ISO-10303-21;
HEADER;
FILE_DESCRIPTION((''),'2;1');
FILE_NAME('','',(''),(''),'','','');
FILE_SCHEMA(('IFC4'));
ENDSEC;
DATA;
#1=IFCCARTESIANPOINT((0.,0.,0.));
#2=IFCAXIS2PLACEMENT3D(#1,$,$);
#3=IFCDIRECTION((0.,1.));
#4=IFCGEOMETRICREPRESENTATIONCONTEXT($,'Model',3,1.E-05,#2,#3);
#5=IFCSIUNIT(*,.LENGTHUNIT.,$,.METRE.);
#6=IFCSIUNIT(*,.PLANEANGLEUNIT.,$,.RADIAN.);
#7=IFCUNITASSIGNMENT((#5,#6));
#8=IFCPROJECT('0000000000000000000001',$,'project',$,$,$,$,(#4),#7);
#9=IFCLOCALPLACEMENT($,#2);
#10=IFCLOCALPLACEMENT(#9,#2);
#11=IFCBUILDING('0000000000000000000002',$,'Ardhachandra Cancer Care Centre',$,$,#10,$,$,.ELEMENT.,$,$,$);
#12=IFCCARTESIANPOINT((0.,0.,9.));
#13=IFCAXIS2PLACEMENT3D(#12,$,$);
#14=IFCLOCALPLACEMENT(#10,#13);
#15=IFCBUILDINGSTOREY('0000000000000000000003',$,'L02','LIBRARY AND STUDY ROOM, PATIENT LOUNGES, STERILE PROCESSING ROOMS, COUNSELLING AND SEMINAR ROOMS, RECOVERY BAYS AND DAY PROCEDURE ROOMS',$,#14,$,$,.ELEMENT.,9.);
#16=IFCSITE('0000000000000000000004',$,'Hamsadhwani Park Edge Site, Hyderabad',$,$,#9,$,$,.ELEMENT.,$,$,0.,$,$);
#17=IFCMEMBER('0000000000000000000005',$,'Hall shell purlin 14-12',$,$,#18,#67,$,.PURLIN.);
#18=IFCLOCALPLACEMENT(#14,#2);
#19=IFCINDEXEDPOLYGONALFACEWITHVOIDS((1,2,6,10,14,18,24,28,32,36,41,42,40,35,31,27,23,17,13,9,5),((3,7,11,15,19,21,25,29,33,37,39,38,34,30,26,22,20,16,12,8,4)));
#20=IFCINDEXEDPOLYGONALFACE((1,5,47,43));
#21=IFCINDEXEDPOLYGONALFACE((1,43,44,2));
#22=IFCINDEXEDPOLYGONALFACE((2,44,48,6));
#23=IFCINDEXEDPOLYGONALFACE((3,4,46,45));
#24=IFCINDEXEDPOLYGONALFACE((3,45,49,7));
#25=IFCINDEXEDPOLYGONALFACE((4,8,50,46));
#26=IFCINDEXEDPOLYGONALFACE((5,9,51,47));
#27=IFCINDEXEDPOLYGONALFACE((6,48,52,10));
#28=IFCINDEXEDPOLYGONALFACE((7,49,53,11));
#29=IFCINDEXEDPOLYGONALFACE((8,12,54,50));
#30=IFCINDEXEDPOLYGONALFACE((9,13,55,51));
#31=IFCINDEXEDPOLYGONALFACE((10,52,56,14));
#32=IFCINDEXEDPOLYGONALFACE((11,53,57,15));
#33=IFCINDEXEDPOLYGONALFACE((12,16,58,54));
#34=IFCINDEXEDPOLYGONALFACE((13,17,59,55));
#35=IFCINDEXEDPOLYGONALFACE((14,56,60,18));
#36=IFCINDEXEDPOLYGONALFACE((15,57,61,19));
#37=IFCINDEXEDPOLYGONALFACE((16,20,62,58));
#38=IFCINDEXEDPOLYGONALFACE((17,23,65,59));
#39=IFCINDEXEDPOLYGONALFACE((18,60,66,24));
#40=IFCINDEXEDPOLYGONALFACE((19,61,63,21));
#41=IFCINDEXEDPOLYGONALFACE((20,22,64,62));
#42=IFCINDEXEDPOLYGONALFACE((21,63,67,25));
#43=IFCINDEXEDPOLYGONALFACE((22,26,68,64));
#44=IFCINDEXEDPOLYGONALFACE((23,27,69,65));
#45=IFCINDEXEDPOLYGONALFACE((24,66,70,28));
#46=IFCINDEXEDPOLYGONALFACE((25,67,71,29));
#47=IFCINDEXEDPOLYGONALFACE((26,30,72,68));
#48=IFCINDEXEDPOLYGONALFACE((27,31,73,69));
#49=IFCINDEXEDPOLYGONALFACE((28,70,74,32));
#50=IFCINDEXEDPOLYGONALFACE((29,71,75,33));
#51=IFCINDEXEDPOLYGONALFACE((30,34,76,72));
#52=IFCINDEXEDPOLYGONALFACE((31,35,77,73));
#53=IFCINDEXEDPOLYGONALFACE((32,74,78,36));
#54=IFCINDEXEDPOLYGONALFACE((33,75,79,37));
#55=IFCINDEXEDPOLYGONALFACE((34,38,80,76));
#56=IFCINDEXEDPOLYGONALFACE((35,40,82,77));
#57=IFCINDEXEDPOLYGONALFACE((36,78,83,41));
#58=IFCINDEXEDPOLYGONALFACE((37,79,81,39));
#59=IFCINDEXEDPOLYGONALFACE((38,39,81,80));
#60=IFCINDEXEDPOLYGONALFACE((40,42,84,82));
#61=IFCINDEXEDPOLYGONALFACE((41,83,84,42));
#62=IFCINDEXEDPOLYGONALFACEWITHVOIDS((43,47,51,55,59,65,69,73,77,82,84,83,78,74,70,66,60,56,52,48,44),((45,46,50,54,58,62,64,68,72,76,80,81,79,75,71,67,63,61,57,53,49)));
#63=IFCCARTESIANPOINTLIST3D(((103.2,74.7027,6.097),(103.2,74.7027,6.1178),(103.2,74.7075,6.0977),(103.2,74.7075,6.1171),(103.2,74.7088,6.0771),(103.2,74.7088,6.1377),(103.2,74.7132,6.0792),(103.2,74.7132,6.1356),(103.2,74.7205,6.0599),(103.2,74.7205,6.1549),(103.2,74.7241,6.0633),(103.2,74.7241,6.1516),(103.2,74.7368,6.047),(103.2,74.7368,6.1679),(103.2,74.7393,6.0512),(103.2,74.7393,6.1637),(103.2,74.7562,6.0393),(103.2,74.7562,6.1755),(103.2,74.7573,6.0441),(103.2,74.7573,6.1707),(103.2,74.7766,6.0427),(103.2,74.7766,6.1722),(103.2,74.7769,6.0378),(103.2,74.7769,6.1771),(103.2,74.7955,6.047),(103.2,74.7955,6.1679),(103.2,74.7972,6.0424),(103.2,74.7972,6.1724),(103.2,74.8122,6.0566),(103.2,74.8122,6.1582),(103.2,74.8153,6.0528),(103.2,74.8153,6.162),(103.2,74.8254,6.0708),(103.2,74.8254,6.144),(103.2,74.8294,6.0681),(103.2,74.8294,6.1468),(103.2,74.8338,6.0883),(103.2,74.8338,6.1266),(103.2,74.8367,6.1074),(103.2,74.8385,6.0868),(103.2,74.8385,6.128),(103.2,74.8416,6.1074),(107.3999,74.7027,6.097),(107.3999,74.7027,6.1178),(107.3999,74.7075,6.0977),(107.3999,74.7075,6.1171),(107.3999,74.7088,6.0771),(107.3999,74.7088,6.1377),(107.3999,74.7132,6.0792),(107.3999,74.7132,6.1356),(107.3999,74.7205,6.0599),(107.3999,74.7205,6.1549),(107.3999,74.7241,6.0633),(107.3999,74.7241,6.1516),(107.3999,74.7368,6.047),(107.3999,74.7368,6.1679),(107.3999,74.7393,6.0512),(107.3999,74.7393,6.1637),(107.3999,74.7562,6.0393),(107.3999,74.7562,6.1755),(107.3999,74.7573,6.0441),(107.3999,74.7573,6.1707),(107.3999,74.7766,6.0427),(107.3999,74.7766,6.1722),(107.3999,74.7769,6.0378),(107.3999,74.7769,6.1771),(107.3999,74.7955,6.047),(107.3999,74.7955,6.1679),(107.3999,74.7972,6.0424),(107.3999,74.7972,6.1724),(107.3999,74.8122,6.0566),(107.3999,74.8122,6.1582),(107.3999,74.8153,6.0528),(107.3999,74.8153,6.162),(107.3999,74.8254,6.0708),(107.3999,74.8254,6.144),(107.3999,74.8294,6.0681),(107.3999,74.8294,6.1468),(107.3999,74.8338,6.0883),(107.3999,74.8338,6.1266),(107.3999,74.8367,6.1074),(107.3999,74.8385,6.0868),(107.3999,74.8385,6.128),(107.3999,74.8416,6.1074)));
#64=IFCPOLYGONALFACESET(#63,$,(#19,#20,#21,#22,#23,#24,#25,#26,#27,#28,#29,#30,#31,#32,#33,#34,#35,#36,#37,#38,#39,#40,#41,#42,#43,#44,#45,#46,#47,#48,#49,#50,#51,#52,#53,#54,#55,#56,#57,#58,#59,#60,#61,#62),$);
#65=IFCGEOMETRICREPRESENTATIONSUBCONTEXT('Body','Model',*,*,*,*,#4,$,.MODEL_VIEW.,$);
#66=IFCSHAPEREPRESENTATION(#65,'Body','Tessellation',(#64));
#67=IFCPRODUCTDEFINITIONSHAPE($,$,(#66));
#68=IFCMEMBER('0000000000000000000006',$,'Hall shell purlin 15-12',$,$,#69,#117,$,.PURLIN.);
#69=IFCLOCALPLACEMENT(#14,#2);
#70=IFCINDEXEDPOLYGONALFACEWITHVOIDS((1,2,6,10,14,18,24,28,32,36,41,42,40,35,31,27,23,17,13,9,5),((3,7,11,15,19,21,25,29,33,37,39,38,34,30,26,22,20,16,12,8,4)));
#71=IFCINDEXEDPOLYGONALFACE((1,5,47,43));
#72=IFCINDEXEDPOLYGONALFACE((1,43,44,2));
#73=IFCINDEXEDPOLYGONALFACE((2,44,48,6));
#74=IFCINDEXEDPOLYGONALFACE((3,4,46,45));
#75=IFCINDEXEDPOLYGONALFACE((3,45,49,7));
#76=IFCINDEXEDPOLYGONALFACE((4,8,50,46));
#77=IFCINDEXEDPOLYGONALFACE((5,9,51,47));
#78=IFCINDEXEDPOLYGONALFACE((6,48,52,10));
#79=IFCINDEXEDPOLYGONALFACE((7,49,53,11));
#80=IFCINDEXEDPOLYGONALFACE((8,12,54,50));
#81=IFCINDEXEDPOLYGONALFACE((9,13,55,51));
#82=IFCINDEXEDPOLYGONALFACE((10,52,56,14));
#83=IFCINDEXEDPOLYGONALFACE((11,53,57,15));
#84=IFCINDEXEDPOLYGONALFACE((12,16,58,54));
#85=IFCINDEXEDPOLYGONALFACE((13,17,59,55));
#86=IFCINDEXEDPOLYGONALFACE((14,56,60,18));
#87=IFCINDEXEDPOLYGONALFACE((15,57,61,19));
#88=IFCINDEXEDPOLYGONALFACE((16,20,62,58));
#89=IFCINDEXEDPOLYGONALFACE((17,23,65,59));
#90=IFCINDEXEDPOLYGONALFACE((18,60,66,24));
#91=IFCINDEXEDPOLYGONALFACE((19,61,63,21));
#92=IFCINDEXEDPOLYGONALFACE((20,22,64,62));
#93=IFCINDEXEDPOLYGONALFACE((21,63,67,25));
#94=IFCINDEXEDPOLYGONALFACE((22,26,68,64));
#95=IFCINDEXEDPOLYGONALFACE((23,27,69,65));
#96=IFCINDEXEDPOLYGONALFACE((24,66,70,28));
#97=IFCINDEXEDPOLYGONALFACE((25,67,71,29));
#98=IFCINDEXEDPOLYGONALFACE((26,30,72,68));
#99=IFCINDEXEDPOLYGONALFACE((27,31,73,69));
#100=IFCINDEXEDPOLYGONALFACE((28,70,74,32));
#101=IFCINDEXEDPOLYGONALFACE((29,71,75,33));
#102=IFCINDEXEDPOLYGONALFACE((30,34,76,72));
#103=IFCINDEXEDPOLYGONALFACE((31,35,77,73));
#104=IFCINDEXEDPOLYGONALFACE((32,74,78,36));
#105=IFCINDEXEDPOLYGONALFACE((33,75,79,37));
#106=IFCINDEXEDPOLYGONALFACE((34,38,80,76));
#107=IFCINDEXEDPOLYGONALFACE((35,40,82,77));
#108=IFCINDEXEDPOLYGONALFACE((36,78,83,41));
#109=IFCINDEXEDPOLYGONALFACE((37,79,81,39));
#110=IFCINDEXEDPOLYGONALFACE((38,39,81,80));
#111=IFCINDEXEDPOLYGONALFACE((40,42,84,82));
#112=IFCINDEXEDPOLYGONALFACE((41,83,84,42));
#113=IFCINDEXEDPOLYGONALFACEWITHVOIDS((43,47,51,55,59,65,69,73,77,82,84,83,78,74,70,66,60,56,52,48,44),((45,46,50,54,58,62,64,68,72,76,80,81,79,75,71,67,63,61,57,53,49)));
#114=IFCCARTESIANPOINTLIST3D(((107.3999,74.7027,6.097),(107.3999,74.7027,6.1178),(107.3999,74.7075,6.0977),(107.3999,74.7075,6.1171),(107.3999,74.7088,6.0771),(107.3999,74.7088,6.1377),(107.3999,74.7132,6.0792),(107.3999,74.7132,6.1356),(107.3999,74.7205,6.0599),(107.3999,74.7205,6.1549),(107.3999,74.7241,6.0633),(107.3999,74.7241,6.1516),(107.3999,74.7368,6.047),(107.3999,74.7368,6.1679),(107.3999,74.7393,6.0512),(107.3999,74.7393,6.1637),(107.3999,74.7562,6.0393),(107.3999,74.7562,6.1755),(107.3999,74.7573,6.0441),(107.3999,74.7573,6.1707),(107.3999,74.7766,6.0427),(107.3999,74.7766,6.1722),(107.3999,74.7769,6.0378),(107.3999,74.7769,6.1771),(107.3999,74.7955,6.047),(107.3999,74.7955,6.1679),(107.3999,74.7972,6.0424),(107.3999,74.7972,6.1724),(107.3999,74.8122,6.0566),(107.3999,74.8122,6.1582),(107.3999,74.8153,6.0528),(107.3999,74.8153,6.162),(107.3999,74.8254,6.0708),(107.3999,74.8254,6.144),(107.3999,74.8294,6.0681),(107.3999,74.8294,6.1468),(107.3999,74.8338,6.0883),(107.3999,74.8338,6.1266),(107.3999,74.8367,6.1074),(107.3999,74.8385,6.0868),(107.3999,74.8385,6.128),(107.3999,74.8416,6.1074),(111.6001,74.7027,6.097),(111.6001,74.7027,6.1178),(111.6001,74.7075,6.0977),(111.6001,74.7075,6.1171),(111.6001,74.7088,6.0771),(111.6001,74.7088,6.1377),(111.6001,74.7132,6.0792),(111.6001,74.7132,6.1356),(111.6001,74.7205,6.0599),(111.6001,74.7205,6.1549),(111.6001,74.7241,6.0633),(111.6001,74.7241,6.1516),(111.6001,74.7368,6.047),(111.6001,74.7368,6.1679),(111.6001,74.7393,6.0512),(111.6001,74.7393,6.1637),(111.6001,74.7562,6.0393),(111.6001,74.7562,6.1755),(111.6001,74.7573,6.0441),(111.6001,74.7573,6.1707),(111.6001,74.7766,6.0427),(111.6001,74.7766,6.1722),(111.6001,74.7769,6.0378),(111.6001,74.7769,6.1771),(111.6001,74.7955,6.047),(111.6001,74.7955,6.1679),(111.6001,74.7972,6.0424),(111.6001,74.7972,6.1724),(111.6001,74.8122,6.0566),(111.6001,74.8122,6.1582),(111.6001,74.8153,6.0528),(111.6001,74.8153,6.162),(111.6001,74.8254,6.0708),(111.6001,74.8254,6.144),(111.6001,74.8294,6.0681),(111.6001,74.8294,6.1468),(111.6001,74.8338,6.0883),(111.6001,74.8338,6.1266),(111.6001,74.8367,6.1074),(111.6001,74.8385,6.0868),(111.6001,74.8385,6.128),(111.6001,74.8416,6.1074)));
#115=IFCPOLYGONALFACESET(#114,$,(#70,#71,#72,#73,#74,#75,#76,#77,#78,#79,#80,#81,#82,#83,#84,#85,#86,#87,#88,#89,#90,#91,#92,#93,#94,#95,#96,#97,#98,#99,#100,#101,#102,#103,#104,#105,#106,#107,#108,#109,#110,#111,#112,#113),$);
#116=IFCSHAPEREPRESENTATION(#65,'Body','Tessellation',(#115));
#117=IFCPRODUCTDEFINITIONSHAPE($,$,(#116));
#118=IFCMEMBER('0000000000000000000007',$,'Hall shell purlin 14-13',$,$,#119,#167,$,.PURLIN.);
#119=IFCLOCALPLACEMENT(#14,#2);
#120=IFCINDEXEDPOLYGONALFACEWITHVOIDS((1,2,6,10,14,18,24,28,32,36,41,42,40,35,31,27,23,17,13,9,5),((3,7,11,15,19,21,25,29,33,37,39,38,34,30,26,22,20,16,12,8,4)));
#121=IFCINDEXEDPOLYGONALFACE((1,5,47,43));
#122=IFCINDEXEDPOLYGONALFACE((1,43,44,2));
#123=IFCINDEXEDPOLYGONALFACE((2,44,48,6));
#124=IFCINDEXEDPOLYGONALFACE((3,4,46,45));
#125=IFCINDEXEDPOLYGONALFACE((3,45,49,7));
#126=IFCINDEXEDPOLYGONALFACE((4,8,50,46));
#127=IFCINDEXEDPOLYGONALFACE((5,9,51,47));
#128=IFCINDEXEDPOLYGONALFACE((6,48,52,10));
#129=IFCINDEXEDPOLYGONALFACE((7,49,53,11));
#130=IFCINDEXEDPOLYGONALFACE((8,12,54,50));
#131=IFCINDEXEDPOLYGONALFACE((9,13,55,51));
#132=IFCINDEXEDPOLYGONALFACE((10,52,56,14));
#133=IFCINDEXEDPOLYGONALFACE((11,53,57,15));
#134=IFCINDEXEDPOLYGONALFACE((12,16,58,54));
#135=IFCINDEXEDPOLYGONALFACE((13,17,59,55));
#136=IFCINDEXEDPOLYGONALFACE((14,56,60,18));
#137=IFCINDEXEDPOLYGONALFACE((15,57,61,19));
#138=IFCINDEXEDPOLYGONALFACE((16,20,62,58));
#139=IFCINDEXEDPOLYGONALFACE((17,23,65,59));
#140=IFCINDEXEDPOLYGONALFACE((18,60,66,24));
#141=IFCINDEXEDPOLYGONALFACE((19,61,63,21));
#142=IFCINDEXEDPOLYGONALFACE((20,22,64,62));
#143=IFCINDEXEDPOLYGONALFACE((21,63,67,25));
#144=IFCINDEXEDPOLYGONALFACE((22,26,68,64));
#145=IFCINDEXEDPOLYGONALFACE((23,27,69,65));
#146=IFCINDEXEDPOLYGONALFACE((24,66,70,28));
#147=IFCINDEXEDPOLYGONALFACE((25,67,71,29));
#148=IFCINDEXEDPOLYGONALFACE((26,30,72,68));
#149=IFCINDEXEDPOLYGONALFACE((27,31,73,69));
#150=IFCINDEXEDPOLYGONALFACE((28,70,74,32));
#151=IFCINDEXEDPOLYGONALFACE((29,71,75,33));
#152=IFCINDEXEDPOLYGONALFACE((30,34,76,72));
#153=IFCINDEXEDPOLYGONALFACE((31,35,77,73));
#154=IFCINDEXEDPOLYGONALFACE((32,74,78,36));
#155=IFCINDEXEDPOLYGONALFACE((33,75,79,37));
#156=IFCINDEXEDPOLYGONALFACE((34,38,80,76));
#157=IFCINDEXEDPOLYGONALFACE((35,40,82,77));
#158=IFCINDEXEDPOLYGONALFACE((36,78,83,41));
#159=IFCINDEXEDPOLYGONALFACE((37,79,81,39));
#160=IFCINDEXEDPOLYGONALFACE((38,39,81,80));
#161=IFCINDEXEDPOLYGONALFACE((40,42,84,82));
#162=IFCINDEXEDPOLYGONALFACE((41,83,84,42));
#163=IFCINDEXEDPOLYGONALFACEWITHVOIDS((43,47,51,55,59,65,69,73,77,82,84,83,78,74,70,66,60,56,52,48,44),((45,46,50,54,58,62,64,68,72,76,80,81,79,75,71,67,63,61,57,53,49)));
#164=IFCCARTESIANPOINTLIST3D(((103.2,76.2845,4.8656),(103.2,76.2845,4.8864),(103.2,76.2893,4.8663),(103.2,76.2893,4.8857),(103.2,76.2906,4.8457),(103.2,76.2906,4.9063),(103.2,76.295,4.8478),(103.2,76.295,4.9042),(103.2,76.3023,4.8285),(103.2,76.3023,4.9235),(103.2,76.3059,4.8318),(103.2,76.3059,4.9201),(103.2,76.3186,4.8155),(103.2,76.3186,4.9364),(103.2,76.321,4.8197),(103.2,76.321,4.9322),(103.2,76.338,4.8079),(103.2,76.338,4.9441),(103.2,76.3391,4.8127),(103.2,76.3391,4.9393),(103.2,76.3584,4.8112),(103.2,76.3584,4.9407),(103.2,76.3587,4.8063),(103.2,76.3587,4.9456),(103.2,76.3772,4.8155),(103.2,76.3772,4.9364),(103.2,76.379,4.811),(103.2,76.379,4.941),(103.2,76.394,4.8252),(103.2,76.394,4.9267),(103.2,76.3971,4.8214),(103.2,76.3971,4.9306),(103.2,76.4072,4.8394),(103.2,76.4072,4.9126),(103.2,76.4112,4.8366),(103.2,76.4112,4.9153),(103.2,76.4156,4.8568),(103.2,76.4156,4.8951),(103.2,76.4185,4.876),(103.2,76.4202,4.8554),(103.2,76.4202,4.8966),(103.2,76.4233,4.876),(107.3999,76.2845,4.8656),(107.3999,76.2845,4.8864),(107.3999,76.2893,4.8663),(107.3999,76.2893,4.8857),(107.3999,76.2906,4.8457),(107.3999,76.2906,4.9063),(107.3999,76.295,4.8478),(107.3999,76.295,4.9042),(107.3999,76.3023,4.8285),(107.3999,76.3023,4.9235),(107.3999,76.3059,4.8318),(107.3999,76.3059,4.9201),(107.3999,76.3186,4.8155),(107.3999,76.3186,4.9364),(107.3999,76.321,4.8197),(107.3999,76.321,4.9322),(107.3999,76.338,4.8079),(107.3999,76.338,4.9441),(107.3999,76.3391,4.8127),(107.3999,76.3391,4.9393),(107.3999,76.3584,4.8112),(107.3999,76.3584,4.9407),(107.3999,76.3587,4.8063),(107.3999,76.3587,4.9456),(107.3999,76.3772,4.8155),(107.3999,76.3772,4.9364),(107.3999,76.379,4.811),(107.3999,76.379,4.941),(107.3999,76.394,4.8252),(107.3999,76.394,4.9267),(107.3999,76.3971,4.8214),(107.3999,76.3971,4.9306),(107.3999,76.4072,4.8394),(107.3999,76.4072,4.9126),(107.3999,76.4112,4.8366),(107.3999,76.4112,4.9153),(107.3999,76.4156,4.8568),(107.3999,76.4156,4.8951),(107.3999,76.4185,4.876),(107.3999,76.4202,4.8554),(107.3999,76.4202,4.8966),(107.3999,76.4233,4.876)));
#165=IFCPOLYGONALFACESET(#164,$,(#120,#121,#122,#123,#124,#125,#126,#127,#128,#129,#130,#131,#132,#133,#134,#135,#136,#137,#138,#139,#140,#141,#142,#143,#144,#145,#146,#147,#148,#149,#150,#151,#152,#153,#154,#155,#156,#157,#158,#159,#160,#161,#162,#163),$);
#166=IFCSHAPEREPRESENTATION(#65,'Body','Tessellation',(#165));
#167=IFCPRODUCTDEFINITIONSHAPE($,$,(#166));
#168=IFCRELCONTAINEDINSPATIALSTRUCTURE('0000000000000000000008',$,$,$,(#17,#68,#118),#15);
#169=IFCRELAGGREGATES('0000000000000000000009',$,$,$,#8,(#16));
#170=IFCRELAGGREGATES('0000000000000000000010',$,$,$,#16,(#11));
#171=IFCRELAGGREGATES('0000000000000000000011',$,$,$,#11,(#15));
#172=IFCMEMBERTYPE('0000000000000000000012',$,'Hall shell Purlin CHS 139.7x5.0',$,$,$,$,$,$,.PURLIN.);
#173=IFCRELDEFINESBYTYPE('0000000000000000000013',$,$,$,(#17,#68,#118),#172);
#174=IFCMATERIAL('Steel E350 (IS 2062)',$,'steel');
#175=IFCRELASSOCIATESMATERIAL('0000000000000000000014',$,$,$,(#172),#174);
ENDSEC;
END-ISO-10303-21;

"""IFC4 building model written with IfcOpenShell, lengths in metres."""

from ifc_helpers import new_model, si_unit, direction, frame, origin, origin_2d, place, context, subcontext, project, spatial, hollow_circle, extrude, material, material_profile, profile_set, type_object, element, save


model = new_model("IFC4")

# Units and contexts
model_context = context("Model", 3, precision=1e-05, world=origin(), true_north=direction((0.0, 1.0)))
body_context = subcontext(model_context, "Body", "Model", "MODEL_VIEW")
ifc_project = project(units=[si_unit("LENGTHUNIT", "METRE"), si_unit("PLANEANGLEUNIT", "RADIAN")], contexts=[model_context])

# Site, building, storey
site_placement = place(None, origin())
site = spatial("IfcSite", under=ifc_project, at=site_placement, Name="Hamsadhwani Park Edge Site, Hyderabad", CompositionType="ELEMENT", RefElevation=0.0)
building_placement = place(site_placement, origin())
building = spatial("IfcBuilding", under=site, at=building_placement, Name="Ardhachandra Cancer Care Centre", CompositionType="ELEMENT")
storey_placement = place(building_placement, frame((0.0, 0.0, 9.0)))
storey = spatial("IfcBuildingStorey", under=building, at=storey_placement, Name="L02", Description="LIBRARY AND STUDY ROOM, PATIENT LOUNGES, STERILE PROCESSING ROOMS, COUNSELLING AND SEMINAR ROOMS, RECOVERY BAYS AND DAY PROCEDURE ROOMS", CompositionType="ELEMENT", Elevation=9.0)

# Members
ifc_material_1 = material(Name="Steel E350 (IS 2062)", Category="steel")
ifc_material_profile_1 = material_profile(ifc_material_1, hollow_circle(Radius=0.0698, WallThickness=0.0049, at=origin_2d()), Name="CHS 139.7x5.0")
ifc_profile_set_1 = profile_set([ifc_material_profile_1], Name="Steel E350 (IS 2062)")
member_type_1 = type_object("IfcMemberType", Name="Hall shell Purlin CHS 139.7x5.0", PredefinedType="PURLIN", material=ifc_profile_set_1)
member_1_placement = place(storey_placement, frame((103.2, 74.7717, 6.1074), z_axis=(1.0, 0.0, 0.0), x_axis=(0.0, 1.0, 0.0)))
element("IfcMember", 1, at=member_1_placement, inside=storey, type_object=member_type_1, Name="Hall shell purlin 14-12", PredefinedType="PURLIN", context=body_context, shape_type="SweptSolid", body=[
    extrude(hollow_circle(Radius=0.0698, WallThickness=0.0049, at=origin_2d()), origin(), (0.0, 0.0, 1.0), 4.2),
])
member_2_placement = place(storey_placement, frame((107.3999, 74.7717, 6.1074), z_axis=(1.0, 0.0, 0.0), x_axis=(0.0, 1.0, 0.0)))
element("IfcMember", 2, at=member_2_placement, inside=storey, type_object=member_type_1, Name="Hall shell purlin 15-12", PredefinedType="PURLIN", context=body_context, shape_type="SweptSolid", body=[
    extrude(hollow_circle(Radius=0.0698, WallThickness=0.0049, at=origin_2d()), origin(), (0.0, 0.0, 1.0), 4.2002),
])
member_3_placement = place(storey_placement, frame((103.2, 76.3535, 4.876), z_axis=(1.0, 0.0, 0.0), x_axis=(0.0, 1.0, 0.0)))
element("IfcMember", 3, at=member_3_placement, inside=storey, type_object=member_type_1, Name="Hall shell purlin 14-13", PredefinedType="PURLIN", context=body_context, shape_type="SweptSolid", body=[
    extrude(hollow_circle(Radius=0.0698, WallThickness=0.0049, at=origin_2d()), origin(), (0.0, 0.0, 1.0), 4.2),
])

save(model, "model.ifc")
